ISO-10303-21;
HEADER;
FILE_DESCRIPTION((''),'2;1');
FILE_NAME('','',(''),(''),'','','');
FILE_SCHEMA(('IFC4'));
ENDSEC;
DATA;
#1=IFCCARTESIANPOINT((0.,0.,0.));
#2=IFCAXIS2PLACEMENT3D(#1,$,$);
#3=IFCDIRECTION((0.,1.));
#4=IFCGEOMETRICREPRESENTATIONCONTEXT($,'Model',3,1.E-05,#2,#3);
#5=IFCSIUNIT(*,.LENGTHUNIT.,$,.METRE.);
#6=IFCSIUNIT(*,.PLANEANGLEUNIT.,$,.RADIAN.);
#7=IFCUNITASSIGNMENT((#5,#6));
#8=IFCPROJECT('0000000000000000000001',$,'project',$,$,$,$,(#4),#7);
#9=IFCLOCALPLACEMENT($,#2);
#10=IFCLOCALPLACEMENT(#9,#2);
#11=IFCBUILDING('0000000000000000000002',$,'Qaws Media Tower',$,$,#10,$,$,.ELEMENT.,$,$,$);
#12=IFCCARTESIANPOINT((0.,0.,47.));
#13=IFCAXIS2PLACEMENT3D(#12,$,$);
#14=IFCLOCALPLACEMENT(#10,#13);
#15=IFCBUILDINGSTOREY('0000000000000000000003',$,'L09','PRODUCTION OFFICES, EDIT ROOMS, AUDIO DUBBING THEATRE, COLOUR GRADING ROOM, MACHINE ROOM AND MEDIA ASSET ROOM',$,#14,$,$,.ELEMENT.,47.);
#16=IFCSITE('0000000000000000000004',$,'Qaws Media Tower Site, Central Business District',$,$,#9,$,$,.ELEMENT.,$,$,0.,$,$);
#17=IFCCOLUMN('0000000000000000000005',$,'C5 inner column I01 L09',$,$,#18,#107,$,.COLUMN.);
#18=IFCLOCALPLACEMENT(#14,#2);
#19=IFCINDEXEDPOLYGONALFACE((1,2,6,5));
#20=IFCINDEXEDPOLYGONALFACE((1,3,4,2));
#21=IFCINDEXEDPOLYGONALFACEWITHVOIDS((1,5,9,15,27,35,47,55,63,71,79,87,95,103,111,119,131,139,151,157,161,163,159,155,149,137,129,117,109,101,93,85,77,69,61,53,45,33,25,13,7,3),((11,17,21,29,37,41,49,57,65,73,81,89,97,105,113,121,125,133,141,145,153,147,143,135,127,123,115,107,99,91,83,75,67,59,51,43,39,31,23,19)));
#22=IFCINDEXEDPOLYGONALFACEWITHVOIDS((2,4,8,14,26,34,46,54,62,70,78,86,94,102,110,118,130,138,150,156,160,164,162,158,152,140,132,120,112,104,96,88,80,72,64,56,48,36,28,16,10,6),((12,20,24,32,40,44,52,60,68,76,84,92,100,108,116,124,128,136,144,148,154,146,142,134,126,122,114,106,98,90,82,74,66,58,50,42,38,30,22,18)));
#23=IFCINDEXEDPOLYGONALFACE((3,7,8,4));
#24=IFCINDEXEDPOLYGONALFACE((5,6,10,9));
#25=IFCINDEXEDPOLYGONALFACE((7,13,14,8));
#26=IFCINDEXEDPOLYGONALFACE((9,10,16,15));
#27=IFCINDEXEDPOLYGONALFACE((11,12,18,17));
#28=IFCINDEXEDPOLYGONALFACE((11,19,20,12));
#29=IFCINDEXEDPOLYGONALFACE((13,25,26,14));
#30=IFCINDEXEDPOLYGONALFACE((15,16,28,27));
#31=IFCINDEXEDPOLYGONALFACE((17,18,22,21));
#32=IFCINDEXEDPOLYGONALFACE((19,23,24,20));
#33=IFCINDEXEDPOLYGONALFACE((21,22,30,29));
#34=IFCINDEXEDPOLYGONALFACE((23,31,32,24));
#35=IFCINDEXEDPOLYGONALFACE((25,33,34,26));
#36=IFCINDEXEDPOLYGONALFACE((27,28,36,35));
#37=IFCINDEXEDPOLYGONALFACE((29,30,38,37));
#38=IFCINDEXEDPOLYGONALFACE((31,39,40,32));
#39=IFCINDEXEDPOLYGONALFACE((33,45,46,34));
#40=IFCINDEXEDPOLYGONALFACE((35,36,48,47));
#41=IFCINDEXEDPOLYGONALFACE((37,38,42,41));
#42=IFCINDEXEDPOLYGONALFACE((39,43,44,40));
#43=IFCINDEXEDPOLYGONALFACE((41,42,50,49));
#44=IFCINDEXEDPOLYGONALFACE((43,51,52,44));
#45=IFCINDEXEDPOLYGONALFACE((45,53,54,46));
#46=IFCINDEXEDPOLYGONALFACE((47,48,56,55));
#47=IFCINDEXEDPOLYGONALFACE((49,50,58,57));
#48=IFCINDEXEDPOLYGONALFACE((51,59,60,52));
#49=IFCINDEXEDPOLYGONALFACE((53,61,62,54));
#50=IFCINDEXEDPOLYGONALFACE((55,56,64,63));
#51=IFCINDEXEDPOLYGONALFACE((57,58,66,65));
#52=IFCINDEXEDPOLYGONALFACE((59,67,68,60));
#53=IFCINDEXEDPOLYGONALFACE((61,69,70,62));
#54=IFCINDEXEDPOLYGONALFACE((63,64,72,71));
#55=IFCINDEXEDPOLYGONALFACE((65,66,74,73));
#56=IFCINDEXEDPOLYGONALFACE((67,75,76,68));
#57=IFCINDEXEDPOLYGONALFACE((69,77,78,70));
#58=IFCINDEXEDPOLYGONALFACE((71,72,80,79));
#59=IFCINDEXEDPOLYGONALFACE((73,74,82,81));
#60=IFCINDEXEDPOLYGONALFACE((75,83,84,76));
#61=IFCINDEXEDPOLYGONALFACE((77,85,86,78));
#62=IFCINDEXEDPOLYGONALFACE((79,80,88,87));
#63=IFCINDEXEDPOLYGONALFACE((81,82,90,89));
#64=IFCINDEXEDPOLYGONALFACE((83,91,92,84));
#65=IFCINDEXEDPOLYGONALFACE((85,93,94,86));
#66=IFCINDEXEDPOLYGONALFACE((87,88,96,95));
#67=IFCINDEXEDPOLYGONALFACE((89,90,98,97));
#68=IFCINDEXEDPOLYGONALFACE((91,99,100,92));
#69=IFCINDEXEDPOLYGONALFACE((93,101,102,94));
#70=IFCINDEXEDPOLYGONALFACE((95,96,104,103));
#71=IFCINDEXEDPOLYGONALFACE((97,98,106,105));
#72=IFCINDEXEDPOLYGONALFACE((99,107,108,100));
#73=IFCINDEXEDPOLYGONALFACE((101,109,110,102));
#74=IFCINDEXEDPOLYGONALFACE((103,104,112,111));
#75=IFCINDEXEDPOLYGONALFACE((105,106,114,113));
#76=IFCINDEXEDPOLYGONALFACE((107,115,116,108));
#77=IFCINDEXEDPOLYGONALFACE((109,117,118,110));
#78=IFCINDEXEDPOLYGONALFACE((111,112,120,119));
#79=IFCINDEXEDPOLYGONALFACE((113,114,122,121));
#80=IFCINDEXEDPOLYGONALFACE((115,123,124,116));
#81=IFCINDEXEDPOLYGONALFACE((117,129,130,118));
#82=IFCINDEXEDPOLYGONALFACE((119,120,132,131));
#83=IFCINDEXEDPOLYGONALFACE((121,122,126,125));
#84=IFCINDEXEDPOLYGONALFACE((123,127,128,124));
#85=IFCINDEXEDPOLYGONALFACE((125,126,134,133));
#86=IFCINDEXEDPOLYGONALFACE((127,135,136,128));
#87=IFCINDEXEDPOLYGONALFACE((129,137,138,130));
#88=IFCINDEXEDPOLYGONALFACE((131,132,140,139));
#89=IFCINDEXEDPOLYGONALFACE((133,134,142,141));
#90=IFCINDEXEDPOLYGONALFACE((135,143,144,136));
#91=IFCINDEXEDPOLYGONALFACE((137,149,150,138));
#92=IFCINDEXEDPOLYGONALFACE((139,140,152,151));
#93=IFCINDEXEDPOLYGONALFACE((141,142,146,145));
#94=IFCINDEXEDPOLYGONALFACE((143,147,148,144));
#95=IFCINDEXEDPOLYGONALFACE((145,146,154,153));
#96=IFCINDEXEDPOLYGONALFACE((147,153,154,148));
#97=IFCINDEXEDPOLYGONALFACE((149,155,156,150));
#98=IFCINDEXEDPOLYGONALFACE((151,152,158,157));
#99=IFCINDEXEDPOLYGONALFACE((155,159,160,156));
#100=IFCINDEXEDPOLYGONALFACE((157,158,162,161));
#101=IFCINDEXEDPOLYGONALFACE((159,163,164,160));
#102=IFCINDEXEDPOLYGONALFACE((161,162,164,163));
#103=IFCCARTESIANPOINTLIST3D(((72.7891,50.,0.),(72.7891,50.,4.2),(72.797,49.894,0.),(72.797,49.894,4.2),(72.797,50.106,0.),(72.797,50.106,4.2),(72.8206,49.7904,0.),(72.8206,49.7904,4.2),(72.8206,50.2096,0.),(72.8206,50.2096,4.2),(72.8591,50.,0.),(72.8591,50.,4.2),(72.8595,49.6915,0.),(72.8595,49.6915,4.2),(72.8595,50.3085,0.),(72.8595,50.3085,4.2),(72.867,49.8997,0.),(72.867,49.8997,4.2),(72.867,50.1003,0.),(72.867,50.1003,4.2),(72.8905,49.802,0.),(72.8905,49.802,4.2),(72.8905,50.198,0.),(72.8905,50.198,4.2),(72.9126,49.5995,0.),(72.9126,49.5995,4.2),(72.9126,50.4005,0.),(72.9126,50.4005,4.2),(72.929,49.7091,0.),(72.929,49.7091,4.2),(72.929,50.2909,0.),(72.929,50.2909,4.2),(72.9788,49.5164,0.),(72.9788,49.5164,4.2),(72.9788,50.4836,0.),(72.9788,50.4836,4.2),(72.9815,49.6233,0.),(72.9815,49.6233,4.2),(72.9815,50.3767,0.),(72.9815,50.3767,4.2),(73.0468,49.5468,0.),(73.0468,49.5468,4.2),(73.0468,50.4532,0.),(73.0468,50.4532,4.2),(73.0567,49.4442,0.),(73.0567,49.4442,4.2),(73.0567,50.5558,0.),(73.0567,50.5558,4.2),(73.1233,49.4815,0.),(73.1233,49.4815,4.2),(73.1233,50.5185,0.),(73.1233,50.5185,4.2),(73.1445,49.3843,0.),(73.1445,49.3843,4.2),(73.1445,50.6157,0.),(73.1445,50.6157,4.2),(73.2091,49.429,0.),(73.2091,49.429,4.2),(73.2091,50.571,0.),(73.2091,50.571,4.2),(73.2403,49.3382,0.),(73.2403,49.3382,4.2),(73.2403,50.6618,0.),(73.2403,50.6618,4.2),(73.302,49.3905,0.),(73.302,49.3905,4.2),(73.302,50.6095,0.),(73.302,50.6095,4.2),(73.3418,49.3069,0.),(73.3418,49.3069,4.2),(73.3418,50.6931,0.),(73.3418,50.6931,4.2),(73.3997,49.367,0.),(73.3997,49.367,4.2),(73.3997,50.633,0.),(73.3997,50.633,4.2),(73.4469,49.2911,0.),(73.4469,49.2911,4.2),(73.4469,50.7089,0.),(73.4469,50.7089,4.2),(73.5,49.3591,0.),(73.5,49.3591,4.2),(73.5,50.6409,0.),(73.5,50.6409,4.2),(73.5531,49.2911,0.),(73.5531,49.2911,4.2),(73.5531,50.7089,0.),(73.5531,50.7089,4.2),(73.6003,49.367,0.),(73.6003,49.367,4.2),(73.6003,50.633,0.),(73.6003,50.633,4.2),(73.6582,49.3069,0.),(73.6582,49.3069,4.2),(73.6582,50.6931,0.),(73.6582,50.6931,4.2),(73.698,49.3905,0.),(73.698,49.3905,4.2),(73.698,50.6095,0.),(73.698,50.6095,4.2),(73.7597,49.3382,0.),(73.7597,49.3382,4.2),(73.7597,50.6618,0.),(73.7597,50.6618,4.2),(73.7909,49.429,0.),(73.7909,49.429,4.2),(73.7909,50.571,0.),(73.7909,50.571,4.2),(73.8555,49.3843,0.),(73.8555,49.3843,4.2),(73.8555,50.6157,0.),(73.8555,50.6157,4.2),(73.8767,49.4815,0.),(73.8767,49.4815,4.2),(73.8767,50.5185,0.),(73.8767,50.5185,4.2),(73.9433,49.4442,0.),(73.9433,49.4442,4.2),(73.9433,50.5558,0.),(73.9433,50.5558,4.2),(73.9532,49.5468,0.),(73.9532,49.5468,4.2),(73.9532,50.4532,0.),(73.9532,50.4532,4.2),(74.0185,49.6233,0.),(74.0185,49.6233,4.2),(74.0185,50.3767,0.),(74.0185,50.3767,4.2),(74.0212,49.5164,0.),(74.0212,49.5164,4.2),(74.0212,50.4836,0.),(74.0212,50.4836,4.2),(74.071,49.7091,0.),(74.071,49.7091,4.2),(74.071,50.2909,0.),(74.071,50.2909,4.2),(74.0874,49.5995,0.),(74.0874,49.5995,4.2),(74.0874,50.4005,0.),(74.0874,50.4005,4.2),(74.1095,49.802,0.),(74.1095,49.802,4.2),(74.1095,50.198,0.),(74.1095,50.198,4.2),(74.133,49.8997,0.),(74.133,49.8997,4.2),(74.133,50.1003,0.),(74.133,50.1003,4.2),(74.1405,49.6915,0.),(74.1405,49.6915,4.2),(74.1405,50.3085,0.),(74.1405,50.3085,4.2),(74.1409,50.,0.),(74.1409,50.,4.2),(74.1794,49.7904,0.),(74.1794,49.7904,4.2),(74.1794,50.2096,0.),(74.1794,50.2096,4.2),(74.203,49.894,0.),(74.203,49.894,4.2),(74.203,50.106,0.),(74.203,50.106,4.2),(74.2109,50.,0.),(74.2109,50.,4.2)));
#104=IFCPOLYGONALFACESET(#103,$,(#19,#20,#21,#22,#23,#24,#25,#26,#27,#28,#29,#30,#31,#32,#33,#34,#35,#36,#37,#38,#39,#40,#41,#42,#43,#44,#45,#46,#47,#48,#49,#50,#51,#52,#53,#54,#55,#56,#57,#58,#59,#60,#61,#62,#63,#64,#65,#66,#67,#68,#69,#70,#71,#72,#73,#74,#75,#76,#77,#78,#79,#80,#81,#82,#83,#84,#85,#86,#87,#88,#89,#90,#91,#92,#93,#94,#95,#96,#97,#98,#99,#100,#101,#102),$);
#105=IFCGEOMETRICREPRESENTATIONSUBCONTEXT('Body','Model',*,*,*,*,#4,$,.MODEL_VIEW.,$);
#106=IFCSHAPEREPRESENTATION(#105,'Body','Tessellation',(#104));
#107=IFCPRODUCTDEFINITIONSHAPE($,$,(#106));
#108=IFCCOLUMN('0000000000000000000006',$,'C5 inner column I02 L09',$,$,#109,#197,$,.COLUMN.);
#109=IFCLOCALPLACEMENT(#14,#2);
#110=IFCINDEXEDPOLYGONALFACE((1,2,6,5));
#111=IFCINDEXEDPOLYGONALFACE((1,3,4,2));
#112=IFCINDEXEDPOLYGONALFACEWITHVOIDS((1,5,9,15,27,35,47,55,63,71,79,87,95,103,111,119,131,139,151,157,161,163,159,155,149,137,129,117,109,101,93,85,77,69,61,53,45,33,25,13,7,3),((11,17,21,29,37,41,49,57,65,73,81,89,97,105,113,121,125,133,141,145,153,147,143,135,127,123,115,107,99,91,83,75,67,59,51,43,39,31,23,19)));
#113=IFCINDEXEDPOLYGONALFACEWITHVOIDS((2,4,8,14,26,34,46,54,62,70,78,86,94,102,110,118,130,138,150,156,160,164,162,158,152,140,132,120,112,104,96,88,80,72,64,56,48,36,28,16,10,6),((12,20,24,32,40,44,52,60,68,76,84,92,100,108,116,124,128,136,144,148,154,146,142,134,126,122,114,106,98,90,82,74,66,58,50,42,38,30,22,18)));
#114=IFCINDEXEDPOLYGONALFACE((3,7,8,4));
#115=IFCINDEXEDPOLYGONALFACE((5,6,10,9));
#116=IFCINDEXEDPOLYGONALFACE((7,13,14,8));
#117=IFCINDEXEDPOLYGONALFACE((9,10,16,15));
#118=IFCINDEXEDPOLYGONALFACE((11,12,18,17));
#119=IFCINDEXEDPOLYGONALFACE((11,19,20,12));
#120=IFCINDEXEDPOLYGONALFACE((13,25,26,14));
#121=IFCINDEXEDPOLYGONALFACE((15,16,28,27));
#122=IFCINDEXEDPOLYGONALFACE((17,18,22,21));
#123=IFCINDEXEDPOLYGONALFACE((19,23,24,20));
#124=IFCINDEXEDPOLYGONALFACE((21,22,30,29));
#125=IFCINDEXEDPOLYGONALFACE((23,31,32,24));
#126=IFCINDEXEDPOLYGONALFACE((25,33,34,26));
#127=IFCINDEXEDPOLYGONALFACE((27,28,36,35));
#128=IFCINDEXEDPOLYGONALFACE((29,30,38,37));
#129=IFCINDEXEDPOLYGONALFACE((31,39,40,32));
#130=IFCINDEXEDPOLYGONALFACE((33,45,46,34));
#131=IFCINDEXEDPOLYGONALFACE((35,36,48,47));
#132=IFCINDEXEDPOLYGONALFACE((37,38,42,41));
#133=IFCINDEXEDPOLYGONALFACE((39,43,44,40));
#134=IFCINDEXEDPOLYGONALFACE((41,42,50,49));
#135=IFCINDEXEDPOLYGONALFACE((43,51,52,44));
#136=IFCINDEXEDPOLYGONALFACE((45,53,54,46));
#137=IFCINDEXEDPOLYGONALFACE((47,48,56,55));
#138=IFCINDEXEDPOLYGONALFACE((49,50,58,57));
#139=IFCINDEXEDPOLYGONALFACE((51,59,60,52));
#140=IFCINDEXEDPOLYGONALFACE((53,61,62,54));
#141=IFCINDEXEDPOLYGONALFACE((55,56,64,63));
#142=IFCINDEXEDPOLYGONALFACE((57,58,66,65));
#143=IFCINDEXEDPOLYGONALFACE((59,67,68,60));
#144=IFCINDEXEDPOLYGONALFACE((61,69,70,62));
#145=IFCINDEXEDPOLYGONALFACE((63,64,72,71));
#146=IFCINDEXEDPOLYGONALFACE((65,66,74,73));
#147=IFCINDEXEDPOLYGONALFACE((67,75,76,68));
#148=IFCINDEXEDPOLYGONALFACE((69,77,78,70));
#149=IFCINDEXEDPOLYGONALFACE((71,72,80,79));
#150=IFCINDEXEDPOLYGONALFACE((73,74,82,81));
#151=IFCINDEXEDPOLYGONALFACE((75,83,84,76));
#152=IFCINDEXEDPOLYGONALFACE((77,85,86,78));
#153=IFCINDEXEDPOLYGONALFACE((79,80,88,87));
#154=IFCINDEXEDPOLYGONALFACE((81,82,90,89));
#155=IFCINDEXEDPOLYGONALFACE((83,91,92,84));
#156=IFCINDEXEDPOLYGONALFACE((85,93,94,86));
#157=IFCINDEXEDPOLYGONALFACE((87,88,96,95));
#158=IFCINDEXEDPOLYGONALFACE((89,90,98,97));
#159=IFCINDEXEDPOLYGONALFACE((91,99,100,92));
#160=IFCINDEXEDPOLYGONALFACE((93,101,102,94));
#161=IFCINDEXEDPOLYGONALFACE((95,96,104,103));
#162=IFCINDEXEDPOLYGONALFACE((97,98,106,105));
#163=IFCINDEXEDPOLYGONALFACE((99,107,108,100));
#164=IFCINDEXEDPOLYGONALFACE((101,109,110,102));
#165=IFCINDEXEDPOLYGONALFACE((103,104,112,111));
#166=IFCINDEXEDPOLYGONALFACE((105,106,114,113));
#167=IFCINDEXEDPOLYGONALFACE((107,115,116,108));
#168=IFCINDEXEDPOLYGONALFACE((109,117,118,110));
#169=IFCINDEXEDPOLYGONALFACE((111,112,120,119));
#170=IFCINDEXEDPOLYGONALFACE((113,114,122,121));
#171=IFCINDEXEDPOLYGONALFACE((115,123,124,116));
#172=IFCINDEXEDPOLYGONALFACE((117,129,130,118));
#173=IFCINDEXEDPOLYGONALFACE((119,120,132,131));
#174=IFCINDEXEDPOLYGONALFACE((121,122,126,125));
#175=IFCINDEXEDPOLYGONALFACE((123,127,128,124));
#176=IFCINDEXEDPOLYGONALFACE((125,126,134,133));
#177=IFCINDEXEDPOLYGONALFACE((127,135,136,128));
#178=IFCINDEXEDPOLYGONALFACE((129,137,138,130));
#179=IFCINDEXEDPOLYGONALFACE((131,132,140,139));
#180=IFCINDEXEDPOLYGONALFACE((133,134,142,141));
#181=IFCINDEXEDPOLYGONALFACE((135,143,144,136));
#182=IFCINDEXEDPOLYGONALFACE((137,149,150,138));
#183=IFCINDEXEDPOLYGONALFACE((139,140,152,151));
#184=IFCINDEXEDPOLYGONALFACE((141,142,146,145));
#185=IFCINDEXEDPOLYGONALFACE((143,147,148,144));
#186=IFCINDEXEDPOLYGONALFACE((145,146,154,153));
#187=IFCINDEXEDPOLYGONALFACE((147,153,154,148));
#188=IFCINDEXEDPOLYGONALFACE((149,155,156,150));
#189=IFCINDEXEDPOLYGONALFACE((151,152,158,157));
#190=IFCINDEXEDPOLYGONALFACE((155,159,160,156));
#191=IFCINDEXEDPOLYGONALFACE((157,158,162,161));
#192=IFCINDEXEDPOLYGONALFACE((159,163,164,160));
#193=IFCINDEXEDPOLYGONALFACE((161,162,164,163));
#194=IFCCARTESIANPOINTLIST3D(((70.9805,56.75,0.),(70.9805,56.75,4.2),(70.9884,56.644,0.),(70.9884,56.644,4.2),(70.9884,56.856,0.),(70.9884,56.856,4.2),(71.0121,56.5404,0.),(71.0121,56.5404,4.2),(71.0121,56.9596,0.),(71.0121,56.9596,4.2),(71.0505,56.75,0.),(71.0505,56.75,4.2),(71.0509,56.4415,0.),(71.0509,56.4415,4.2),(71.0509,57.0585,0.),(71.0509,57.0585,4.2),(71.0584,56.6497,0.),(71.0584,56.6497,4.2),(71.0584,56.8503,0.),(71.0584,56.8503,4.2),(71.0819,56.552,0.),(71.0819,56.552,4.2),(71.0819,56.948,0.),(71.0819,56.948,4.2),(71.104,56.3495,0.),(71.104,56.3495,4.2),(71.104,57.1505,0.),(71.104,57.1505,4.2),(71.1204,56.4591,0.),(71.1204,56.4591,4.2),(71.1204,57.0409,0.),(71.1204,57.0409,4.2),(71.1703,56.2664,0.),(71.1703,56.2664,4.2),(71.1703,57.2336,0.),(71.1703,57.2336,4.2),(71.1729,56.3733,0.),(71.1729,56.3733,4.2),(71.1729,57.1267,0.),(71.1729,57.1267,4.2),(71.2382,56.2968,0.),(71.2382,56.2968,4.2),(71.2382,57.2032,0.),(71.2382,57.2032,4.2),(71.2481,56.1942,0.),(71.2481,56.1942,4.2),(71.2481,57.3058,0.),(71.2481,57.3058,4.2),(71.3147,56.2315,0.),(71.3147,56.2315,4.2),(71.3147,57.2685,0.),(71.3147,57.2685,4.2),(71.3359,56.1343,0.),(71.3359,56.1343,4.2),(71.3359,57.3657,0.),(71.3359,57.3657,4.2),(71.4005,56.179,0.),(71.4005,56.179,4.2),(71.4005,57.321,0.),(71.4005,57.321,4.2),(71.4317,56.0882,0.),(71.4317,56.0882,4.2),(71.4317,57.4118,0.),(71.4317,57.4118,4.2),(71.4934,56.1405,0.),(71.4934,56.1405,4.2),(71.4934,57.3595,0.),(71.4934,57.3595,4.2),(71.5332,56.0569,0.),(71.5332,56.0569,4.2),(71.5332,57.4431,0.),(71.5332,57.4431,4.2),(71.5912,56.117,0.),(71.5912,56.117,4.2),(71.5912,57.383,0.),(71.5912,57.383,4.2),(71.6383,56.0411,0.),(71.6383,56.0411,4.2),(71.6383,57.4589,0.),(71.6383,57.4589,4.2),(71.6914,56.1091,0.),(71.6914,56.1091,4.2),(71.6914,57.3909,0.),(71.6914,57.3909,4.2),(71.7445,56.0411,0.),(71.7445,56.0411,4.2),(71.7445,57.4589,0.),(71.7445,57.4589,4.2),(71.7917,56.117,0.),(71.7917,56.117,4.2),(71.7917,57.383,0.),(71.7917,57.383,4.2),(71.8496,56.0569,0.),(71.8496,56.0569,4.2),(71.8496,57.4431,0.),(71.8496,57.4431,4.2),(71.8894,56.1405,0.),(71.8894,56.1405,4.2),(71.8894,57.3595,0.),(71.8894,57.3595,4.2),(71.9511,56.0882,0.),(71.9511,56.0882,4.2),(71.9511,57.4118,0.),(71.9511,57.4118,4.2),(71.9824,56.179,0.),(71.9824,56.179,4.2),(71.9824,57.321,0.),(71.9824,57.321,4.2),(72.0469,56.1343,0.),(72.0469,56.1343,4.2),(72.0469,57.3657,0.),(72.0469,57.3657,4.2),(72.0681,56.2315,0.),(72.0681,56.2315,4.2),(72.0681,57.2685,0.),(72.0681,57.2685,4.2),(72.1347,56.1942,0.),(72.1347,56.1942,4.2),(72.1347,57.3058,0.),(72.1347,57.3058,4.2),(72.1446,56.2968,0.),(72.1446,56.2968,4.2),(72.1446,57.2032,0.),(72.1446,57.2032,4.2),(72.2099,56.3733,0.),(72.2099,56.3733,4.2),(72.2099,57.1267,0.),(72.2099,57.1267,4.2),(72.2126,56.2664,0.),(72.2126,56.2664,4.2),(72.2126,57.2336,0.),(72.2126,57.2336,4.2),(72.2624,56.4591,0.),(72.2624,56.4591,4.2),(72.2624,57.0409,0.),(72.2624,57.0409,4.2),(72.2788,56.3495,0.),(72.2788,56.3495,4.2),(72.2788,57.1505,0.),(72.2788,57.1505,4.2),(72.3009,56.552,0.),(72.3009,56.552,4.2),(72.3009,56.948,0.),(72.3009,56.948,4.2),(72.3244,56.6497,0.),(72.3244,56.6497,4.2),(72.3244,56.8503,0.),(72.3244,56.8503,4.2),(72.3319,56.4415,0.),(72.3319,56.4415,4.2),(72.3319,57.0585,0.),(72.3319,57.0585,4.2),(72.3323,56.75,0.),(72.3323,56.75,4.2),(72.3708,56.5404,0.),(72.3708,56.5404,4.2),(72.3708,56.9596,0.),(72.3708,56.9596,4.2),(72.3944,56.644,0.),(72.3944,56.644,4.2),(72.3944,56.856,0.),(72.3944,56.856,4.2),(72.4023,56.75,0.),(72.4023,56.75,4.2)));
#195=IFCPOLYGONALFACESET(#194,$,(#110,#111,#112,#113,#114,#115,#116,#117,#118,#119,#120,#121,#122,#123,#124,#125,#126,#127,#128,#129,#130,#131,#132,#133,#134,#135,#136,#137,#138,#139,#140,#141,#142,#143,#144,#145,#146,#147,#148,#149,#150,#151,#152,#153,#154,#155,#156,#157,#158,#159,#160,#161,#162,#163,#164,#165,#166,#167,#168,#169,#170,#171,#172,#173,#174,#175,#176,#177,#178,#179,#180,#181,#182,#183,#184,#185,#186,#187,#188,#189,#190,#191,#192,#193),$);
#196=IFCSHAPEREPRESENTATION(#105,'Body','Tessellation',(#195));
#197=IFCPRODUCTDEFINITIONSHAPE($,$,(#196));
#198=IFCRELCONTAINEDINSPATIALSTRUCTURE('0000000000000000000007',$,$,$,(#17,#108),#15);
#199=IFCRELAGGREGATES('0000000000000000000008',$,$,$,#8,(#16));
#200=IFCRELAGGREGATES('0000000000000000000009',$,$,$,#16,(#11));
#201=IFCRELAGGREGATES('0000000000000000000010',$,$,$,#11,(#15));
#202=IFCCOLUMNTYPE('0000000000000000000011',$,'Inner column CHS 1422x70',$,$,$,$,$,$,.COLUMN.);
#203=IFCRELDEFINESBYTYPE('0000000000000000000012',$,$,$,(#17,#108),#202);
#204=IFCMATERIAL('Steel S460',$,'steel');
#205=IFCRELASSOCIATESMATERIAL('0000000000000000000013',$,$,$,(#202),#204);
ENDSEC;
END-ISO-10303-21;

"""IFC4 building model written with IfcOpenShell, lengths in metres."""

from ifc_helpers import new_model, si_unit, direction, frame, origin, origin_2d, place, context, subcontext, project, spatial, hollow_circle, extrude, material, material_profile, profile_set, type_object, element, save


model = new_model("IFC4")

# Units and contexts
model_context = context("Model", 3, precision=1e-05, world=origin(), true_north=direction((0.0, 1.0)))
body_context = subcontext(model_context, "Body", "Model", "MODEL_VIEW")
ifc_project = project(units=[si_unit("LENGTHUNIT", "METRE"), si_unit("PLANEANGLEUNIT", "RADIAN")], contexts=[model_context])

# Site, building, storey
site_placement = place(None, origin())
site = spatial("IfcSite", under=ifc_project, at=site_placement, Name="Qaws Media Tower Site, Central Business District", CompositionType="ELEMENT", RefElevation=0.0)
building_placement = place(site_placement, origin())
building = spatial("IfcBuilding", under=site, at=building_placement, Name="Qaws Media Tower", CompositionType="ELEMENT")
storey_placement = place(building_placement, frame((0.0, 0.0, 47.0)))
storey = spatial("IfcBuildingStorey", under=building, at=storey_placement, Name="L09", Description="PRODUCTION OFFICES, EDIT ROOMS, AUDIO DUBBING THEATRE, COLOUR GRADING ROOM, MACHINE ROOM AND MEDIA ASSET ROOM", CompositionType="ELEMENT", Elevation=47.0)

# Columns
ifc_material_1 = material(Name="Steel S460", Category="steel")
ifc_material_profile_1 = material_profile(ifc_material_1, hollow_circle(Radius=0.7109, WallThickness=0.0701, at=origin_2d()), Name="CHS 1422x70")
ifc_profile_set_1 = profile_set([ifc_material_profile_1], Name="Steel S460")
column_type = type_object("IfcColumnType", Name="Inner column CHS 1422x70", PredefinedType="COLUMN", material=ifc_profile_set_1)
for number, where, z_axis, x_axis, name in (
    (1, (73.5, 50.0, 0.0), (0.0, 0.0, 1.0), (1.0, 0.0, 0.0), "C5 inner column I01 L09"),
    (2, (71.6914, 56.75, 0.0), (0.0, 0.0, 1.0), (1.0, 0.0, 0.0), "C5 inner column I02 L09"),
):
    element("IfcColumn", number, at=place(storey_placement, frame(where, z_axis=z_axis, x_axis=x_axis)), inside=storey, type_object=column_type, Name=name, PredefinedType="COLUMN", context=body_context, shape_type="SweptSolid", body=[
        extrude(hollow_circle(Radius=0.7109, WallThickness=0.0701, at=origin_2d()), origin(), (0.0, 0.0, 1.0), 4.2),
    ])

save(model, "model.ifc")
